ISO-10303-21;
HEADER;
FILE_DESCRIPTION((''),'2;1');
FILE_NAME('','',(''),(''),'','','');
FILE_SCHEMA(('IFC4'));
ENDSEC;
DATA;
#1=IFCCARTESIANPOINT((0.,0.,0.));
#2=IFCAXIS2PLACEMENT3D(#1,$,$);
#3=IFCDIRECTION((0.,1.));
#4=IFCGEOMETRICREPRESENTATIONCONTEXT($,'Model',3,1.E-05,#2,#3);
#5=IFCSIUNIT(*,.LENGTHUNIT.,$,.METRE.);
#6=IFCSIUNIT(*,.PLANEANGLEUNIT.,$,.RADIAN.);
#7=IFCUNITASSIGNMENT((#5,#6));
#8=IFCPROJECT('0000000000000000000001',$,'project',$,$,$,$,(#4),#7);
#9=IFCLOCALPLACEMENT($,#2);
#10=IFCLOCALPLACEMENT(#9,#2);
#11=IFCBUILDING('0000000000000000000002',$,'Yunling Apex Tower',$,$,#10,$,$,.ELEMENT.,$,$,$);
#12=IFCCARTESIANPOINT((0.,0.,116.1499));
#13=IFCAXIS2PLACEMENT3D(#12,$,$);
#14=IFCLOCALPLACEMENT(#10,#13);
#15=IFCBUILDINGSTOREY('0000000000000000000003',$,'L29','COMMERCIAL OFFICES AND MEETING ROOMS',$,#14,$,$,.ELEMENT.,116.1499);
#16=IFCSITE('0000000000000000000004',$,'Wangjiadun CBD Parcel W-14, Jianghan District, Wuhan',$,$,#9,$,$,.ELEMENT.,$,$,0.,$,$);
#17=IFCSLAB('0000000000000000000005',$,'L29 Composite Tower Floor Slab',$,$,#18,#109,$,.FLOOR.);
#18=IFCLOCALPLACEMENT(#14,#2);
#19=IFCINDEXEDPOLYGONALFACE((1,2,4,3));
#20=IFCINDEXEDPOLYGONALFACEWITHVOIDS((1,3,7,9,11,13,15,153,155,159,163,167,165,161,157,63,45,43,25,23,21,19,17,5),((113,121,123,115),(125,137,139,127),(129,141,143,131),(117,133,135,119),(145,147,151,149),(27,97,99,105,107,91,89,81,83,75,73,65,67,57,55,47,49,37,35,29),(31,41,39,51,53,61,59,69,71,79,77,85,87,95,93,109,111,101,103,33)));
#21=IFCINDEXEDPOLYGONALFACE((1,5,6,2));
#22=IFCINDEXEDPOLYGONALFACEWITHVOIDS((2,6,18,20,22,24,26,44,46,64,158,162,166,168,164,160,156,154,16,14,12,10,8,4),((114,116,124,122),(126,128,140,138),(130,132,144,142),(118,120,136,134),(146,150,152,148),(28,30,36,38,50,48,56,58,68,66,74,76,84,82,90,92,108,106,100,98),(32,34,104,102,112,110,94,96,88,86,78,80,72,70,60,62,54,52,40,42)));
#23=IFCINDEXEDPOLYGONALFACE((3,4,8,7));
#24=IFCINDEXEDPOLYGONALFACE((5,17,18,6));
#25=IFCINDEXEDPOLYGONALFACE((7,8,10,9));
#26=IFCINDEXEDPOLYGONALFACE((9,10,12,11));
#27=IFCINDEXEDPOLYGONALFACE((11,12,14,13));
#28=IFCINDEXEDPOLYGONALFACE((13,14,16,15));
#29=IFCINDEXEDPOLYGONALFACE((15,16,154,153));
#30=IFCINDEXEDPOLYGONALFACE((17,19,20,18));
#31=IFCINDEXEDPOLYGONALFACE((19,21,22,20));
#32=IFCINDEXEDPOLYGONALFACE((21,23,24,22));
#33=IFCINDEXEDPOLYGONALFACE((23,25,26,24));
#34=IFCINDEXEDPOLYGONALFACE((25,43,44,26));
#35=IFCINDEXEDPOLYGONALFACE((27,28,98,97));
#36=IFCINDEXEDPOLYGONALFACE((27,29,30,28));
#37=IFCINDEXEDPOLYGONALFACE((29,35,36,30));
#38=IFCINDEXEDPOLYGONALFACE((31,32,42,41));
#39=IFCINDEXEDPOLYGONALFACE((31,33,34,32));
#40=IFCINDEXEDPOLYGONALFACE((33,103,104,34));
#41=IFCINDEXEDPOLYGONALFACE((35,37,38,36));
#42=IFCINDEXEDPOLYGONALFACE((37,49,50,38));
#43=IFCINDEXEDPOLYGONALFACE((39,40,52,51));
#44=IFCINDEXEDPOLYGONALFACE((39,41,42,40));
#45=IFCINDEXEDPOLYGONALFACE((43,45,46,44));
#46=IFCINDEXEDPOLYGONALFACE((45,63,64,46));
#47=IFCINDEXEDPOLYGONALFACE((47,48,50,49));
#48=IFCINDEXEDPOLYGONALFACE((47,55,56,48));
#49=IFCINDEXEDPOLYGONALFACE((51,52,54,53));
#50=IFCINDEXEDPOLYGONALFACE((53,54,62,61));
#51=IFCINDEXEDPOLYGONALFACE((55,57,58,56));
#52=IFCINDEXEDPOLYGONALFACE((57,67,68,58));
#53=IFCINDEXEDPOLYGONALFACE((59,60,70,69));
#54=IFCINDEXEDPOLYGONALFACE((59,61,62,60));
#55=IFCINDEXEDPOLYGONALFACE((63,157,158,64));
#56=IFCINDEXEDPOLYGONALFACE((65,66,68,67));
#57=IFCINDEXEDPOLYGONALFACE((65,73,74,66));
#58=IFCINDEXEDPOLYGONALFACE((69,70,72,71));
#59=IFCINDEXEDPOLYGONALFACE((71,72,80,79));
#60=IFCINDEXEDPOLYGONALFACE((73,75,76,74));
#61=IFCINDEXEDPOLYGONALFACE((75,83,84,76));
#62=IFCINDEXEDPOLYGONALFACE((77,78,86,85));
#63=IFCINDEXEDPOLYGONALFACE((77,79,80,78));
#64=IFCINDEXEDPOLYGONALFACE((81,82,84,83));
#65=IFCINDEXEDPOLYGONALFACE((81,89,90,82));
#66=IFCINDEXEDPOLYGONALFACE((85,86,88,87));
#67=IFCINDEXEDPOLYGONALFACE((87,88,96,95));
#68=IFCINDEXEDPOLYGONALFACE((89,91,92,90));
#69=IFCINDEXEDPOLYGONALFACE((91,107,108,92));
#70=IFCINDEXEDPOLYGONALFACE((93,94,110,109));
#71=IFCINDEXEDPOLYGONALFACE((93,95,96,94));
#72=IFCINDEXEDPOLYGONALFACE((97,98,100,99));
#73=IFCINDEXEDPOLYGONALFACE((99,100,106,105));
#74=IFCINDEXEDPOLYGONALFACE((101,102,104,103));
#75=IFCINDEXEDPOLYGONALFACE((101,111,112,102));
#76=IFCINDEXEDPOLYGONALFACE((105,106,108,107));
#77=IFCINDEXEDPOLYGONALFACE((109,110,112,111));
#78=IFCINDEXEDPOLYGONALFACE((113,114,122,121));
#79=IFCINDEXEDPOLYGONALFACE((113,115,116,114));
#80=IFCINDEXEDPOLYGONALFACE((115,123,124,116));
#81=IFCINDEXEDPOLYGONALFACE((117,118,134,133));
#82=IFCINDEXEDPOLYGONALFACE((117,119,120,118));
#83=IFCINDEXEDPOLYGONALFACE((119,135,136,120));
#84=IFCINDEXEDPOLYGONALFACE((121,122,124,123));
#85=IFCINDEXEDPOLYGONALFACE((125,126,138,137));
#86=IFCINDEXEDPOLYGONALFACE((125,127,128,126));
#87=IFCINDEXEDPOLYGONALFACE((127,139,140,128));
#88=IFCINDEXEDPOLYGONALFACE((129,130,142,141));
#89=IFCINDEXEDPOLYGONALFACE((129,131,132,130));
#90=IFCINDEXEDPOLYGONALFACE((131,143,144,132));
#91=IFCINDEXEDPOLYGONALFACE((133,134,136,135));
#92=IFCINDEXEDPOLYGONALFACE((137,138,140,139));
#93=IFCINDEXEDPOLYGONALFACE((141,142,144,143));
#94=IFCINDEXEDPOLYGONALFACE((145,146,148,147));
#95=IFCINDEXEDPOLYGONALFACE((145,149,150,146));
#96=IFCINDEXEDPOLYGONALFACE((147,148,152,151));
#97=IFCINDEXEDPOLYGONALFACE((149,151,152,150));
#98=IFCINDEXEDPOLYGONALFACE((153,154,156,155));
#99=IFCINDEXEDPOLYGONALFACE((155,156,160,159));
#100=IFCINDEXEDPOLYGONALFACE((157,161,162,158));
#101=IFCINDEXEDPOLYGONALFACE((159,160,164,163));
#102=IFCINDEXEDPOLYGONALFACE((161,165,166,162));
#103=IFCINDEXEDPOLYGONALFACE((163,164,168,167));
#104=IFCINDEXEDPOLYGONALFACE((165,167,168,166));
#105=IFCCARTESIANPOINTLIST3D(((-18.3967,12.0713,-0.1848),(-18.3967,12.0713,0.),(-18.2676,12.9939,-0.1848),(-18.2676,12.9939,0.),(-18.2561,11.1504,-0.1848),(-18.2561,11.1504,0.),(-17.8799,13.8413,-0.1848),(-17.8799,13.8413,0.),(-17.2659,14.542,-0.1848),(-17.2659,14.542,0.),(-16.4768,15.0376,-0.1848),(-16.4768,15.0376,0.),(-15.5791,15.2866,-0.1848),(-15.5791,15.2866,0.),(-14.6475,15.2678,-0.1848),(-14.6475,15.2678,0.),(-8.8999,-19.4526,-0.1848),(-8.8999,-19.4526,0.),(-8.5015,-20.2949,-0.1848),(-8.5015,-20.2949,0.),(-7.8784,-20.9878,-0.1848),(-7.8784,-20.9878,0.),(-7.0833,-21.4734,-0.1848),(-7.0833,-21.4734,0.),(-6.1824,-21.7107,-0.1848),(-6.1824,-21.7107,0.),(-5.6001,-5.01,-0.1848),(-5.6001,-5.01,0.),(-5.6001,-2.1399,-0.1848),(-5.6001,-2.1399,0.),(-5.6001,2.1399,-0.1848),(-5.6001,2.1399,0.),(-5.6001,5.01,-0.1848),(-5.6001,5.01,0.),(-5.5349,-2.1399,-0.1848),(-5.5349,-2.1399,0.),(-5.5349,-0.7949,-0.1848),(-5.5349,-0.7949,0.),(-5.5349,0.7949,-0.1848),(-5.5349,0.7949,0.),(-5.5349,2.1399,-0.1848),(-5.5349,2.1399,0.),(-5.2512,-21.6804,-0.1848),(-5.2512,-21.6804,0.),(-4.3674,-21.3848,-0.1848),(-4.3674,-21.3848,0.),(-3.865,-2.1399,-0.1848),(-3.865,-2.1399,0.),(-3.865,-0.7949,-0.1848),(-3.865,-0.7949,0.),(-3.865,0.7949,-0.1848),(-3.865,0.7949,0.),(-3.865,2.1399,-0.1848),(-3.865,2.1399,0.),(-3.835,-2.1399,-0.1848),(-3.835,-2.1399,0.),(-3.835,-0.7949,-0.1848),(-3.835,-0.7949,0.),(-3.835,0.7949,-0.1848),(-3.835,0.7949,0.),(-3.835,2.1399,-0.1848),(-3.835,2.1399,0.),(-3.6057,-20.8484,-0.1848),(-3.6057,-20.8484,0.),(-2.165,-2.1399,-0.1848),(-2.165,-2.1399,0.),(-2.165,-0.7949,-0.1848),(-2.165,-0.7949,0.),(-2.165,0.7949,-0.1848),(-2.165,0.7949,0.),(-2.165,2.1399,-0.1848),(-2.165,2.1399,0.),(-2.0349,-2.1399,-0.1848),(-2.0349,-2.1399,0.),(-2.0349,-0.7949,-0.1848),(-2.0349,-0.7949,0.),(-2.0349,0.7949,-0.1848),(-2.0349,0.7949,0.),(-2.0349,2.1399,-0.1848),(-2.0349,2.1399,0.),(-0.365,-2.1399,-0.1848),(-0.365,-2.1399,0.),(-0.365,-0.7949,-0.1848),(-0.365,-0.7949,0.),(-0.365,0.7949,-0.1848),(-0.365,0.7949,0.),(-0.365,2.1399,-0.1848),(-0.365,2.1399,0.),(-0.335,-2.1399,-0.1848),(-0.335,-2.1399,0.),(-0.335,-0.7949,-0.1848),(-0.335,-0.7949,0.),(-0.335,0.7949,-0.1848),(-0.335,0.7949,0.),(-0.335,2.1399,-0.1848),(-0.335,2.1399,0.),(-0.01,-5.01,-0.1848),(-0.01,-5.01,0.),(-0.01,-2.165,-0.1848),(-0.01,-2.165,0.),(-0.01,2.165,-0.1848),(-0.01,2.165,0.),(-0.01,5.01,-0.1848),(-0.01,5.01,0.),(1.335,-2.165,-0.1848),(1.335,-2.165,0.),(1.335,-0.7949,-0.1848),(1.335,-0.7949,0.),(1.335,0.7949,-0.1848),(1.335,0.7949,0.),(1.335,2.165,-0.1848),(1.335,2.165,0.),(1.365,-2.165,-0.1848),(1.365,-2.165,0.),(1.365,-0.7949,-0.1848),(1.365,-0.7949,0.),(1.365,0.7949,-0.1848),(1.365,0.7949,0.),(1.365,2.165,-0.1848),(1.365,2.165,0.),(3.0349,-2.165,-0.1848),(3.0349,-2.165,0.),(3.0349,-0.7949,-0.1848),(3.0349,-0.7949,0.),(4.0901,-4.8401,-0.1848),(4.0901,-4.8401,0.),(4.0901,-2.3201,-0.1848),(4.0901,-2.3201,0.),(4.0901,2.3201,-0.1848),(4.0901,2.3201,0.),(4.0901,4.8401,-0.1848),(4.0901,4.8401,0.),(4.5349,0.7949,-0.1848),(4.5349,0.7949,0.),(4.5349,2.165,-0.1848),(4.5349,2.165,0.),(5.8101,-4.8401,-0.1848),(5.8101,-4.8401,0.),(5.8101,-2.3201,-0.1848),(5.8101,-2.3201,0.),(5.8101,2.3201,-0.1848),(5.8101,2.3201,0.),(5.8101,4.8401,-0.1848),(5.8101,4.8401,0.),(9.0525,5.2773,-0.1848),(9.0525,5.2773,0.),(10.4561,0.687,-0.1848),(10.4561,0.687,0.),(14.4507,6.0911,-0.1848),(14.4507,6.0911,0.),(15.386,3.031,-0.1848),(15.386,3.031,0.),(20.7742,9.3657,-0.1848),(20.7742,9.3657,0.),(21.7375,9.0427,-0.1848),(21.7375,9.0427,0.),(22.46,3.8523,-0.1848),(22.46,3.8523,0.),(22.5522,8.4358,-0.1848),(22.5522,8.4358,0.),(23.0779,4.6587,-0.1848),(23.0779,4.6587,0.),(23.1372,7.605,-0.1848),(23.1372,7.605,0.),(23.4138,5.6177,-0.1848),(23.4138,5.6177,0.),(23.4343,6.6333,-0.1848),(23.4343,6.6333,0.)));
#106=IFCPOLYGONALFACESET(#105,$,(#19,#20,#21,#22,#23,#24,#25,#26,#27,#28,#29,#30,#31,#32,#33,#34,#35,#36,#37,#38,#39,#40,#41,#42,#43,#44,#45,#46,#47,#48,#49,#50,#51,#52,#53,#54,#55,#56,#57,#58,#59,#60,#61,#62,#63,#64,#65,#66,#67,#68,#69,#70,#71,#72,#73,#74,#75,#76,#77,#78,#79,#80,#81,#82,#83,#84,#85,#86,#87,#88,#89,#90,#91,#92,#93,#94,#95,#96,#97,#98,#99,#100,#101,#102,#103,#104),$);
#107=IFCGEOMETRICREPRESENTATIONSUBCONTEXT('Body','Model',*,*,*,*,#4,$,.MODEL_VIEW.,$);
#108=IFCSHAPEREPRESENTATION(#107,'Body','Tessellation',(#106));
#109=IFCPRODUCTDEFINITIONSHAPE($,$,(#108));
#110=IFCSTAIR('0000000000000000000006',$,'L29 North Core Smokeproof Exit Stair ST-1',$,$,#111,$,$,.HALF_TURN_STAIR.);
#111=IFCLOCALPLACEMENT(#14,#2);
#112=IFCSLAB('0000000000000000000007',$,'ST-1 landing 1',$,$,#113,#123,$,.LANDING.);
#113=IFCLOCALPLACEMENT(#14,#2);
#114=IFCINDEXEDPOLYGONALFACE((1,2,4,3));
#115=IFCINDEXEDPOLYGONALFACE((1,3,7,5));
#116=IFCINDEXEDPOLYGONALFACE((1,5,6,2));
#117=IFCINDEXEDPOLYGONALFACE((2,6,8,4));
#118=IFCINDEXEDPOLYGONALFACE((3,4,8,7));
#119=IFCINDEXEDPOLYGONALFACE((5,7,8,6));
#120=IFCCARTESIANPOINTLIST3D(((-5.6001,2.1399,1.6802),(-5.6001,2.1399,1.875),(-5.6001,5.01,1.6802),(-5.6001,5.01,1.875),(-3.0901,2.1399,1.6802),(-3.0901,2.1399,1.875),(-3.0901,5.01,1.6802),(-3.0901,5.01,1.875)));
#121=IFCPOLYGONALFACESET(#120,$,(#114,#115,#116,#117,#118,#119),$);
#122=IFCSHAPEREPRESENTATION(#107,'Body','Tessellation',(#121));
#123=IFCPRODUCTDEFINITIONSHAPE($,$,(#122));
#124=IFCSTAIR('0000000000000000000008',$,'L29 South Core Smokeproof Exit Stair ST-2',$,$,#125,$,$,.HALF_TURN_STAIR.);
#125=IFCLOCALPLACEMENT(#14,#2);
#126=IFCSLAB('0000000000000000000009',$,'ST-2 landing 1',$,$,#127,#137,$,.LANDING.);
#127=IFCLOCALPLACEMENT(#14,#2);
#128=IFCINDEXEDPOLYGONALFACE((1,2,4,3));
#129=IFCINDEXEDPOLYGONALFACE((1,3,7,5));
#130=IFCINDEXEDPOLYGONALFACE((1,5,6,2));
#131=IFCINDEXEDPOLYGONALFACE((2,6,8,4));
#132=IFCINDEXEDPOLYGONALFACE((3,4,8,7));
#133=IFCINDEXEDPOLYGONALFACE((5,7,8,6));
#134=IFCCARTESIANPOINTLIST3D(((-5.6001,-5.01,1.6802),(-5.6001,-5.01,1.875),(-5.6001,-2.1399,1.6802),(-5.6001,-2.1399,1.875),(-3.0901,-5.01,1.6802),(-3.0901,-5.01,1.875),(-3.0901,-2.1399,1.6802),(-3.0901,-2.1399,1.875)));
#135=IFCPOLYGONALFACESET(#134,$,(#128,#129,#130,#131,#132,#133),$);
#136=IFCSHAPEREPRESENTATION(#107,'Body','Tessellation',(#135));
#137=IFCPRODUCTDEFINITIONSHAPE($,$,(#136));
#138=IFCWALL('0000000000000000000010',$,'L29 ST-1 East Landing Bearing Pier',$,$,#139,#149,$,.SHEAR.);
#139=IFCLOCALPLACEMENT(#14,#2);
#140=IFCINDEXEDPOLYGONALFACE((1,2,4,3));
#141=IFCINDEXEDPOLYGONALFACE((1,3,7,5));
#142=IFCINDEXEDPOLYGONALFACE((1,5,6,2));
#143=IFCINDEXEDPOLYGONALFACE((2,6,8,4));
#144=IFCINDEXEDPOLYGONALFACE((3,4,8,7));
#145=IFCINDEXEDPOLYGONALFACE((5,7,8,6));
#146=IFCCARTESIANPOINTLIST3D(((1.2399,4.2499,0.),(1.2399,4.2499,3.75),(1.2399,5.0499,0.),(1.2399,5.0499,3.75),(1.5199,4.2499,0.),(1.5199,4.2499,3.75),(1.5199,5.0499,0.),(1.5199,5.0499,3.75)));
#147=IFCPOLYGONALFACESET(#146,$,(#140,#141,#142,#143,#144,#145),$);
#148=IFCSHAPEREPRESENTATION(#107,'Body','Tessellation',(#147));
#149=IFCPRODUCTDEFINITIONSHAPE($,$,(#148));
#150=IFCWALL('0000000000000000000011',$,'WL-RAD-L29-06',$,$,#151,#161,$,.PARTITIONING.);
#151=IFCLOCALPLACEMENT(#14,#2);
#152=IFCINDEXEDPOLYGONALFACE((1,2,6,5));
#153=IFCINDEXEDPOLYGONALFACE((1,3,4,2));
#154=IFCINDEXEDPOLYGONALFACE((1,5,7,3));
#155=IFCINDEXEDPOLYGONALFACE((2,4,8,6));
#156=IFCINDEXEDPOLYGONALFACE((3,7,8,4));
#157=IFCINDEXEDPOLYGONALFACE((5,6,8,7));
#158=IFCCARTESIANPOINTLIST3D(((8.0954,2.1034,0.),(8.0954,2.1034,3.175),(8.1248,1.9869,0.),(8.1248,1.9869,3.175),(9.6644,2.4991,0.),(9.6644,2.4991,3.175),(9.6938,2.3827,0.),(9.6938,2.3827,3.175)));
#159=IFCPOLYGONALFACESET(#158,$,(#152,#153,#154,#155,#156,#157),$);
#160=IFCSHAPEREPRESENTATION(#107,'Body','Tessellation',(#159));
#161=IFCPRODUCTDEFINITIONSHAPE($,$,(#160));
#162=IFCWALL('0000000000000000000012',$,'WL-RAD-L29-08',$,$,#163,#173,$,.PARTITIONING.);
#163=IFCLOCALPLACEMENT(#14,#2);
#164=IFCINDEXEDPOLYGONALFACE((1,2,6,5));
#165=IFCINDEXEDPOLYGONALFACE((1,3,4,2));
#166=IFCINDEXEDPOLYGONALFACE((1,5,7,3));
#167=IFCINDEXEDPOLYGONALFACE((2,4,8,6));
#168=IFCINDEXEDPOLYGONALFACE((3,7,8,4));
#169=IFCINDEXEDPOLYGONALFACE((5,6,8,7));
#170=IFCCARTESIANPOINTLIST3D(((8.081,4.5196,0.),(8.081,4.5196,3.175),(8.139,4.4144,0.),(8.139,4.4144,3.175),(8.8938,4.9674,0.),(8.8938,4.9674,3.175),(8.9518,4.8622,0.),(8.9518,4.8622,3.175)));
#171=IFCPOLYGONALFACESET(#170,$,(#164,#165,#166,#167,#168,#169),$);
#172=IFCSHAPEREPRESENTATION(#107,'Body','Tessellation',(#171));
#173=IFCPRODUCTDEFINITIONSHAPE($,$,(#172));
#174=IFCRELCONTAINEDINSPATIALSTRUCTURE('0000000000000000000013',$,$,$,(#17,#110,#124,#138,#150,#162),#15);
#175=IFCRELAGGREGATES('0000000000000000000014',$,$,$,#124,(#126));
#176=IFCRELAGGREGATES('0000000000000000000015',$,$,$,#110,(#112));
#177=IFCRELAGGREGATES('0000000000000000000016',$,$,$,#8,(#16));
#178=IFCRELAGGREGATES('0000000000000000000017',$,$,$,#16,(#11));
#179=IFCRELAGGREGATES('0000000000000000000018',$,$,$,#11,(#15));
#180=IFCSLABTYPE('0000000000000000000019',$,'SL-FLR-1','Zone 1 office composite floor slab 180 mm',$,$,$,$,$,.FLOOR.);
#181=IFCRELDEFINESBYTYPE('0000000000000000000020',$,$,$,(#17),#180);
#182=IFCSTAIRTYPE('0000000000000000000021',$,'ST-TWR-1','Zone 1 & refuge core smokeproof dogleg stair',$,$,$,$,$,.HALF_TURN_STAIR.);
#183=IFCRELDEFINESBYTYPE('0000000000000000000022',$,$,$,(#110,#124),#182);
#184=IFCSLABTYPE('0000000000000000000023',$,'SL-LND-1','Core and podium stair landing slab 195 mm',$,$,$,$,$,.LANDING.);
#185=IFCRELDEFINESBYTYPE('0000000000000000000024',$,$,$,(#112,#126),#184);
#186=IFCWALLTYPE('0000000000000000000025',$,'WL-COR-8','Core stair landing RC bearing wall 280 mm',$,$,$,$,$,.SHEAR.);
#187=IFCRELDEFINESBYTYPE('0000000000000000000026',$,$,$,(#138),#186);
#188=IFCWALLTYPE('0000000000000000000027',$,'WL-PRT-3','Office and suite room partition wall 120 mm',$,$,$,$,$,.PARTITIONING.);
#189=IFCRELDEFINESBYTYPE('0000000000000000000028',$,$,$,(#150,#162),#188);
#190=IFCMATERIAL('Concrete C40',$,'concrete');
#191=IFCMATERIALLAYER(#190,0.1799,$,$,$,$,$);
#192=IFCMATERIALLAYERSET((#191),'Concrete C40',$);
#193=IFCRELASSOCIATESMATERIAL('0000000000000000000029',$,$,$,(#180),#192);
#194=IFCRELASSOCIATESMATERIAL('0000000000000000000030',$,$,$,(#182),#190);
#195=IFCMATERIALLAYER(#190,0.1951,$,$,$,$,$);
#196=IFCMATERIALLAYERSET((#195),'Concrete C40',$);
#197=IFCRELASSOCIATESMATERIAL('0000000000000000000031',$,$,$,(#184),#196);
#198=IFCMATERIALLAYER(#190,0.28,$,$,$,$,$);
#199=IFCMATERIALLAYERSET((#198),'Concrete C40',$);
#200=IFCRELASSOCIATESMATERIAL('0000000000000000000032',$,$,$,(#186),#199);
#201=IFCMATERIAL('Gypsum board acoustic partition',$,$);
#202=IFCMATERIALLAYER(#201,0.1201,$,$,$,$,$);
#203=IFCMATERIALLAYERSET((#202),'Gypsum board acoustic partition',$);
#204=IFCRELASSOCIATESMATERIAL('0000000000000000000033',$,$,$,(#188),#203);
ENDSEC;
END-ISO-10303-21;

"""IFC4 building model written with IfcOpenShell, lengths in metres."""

from ifc_helpers import new_model, si_unit, direction, frame, frame_2d, origin, place, context, subcontext, project, spatial, polyline, rectangle, outline, extrude, material, layer, layer_set, type_object, element, aggregate, save


model = new_model("IFC4")

# Units and contexts
model_context = context("Model", 3, precision=1e-05, world=origin(), true_north=direction((0.0, 1.0)))
body_context = subcontext(model_context, "Body", "Model", "MODEL_VIEW")
ifc_project = project(units=[si_unit("LENGTHUNIT", "METRE"), si_unit("PLANEANGLEUNIT", "RADIAN")], contexts=[model_context])

# Site, building, storey
site_placement = place(None, origin())
site = spatial("IfcSite", under=ifc_project, at=site_placement, Name="Wangjiadun CBD Parcel W-14, Jianghan District, Wuhan", CompositionType="ELEMENT", RefElevation=0.0)
building_placement = place(site_placement, origin())
building = spatial("IfcBuilding", under=site, at=building_placement, Name="Yunling Apex Tower", CompositionType="ELEMENT")
storey_placement = place(building_placement, frame((0.0, 0.0, 116.1499)))
storey = spatial("IfcBuildingStorey", under=building, at=storey_placement, Name="L29", Description="COMMERCIAL OFFICES AND MEETING ROOMS", CompositionType="ELEMENT", Elevation=116.1499)

# Slab
ifc_material_1 = material(Name="Concrete C40", Category="concrete")
ifc_layer_1 = layer(ifc_material_1, 0.1799)
ifc_layer_set_1 = layer_set([ifc_layer_1], Name="Concrete C40")
slab_type_1 = type_object("IfcSlabType", Name="SL-FLR-1", Description="Zone 1 office composite floor slab 180 mm", PredefinedType="FLOOR", material=ifc_layer_set_1)
slab_1_placement = place(storey_placement, frame((0.0, 0.0, -0.1848)))
element("IfcSlab", 1, at=slab_1_placement, inside=storey, type_object=slab_type_1, Name="L29 Composite Tower Floor Slab", PredefinedType="FLOOR", context=body_context, shape_type="SweptSolid", body=[
    extrude(outline(polyline([(-8.8999, -19.4526), (-8.5015, -20.2949), (-7.8784, -20.9878), (-7.0833, -21.4734), (-6.1824, -21.7107), (-5.2512, -21.6804), (-4.3674, -21.3848), (-3.6057, -20.8484), (22.46, 3.8523), (23.0779, 4.6587), (23.4138, 5.6177), (23.4343, 6.6333), (23.1372, 7.605), (22.5522, 8.4358), (21.7375, 9.0427), (20.7742, 9.3657), (-14.6475, 15.2678), (-15.5791, 15.2866), (-16.4768, 15.0376), (-17.2659, 14.542), (-17.8799, 13.8413), (-18.2676, 12.9939), (-18.3967, 12.0713), (-18.2561, 11.1504), (-8.8999, -19.4526)]), holes=[polyline([(14.4507, 6.0911), (15.386, 3.031), (10.4561, 0.687), (9.0525, 5.2773), (14.4507, 6.0911)]), polyline([(5.8101, -2.3201), (5.8101, -4.8401), (4.0901, -4.8401), (4.0901, -2.3201), (5.8101, -2.3201)]), polyline([(5.8101, 4.8401), (5.8101, 2.3201), (4.0901, 2.3201), (4.0901, 4.8401), (5.8101, 4.8401)]), polyline([(4.5349, 0.7949), (1.365, 0.7949), (1.365, 2.165), (4.5349, 2.165), (4.5349, 0.7949)]), polyline([(3.0349, -0.7949), (3.0349, -2.165), (1.365, -2.165), (1.365, -0.7949), (3.0349, -0.7949)]), polyline([(-3.865, -0.7949), (-3.865, -2.1399), (-3.835, -2.1399), (-3.835, -0.7949), (-2.165, -0.7949), (-2.165, -2.1399), (-2.0349, -2.1399), (-2.0349, -0.7949), (-0.365, -0.7949), (-0.365, -2.1399), (-0.335, -2.1399), (-0.335, -0.7949), (1.335, -0.7949), (1.335, -2.165), (-0.01, -2.165), (-0.01, -5.01), (-5.6001, -5.01), (-5.6001, -2.1399), (-5.5349, -2.1399), (-5.5349, -0.7949), (-3.865, -0.7949)]), polyline([(-5.6001, 2.1399), (-5.6001, 5.01), (-0.01, 5.01), (-0.01, 2.165), (1.335, 2.165), (1.335, 0.7949), (-0.335, 0.7949), (-0.335, 2.1399), (-0.365, 2.1399), (-0.365, 0.7949), (-2.0349, 0.7949), (-2.0349, 2.1399), (-2.165, 2.1399), (-2.165, 0.7949), (-3.835, 0.7949), (-3.835, 2.1399), (-3.865, 2.1399), (-3.865, 0.7949), (-5.5349, 0.7949), (-5.5349, 2.1399), (-5.6001, 2.1399)])]), origin(), (0.0, 0.0, 1.0), 0.1848),
])

# Stairs, slabs
stair_type = type_object("IfcStairType", Name="ST-TWR-1", Description="Zone 1 & refuge core smokeproof dogleg stair", PredefinedType="HALF_TURN_STAIR", material=ifc_material_1)
stair_1_placement = place(storey_placement, origin())
stair_1 = element("IfcStair", 2, at=stair_1_placement, inside=storey, type_object=stair_type, Name="L29 North Core Smokeproof Exit Stair ST-1", PredefinedType="HALF_TURN_STAIR")
ifc_layer_2 = layer(ifc_material_1, 0.1951)
ifc_layer_set_2 = layer_set([ifc_layer_2], Name="Concrete C40")
slab_type_2 = type_object("IfcSlabType", Name="SL-LND-1", Description="Core and podium stair landing slab 195 mm", PredefinedType="LANDING", material=ifc_layer_set_2)
slab_2_placement = place(storey_placement, frame((0.0, 0.0, 1.6802)))
slab_2 = element("IfcSlab", 3, at=slab_2_placement, type_object=slab_type_2, Name="ST-1 landing 1", PredefinedType="LANDING", context=body_context, shape_type="SweptSolid", body=[
    extrude(outline(polyline([(-3.0901, 5.01), (-5.6001, 5.01), (-5.6001, 2.1399), (-3.0901, 2.1399), (-3.0901, 5.01)])), origin(), (0.0, 0.0, 1.0), 0.1948),
])
stair_2_placement = place(storey_placement, origin())
stair_2 = element("IfcStair", 4, at=stair_2_placement, inside=storey, type_object=stair_type, Name="L29 South Core Smokeproof Exit Stair ST-2", PredefinedType="HALF_TURN_STAIR")
slab_3_placement = place(storey_placement, frame((0.0, 0.0, 1.6802)))
slab_3 = element("IfcSlab", 5, at=slab_3_placement, type_object=slab_type_2, Name="ST-2 landing 1", PredefinedType="LANDING", context=body_context, shape_type="SweptSolid", body=[
    extrude(outline(polyline([(-3.0901, -2.1399), (-5.6001, -2.1399), (-5.6001, -5.01), (-3.0901, -5.01), (-3.0901, -2.1399)])), origin(), (0.0, 0.0, 1.0), 0.1948),
])
aggregate(stair_2, [slab_3])

# Walls
ifc_layer_3 = layer(ifc_material_1, 0.28)
ifc_layer_set_3 = layer_set([ifc_layer_3], Name="Concrete C40")
wall_type_1 = type_object("IfcWallType", Name="WL-COR-8", Description="Core stair landing RC bearing wall 280 mm", PredefinedType="SHEAR", material=ifc_layer_set_3)
wall_1_placement = place(storey_placement, frame((1.3799, 4.25, 0.0), z_axis=(0.0, 0.0, 1.0), x_axis=(0.0, 1.0, 0.0)))
element("IfcWall", 6, at=wall_1_placement, inside=storey, type_object=wall_type_1, Name="L29 ST-1 East Landing Bearing Pier", PredefinedType="SHEAR", context=body_context, shape_type="SweptSolid", body=[
    extrude(rectangle(XDim=0.8, YDim=0.28, at=frame_2d((0.3999, 0.0))), origin(), (0.0, 0.0, 1.0), 3.75),
])
ifc_material_2 = material(Name="Gypsum board acoustic partition")
ifc_layer_4 = layer(ifc_material_2, 0.1201)
ifc_layer_set_4 = layer_set([ifc_layer_4], Name="Gypsum board acoustic partition")
wall_type_2 = type_object("IfcWallType", Name="WL-PRT-3", Description="Office and suite room partition wall 120 mm", PredefinedType="PARTITIONING", material=ifc_layer_set_4)
wall_2_placement = place(storey_placement, frame((8.1101, 2.0452, 0.0), z_axis=(0.0, 0.0, 1.0), x_axis=(0.969635, 0.244559, 0.0)))
element("IfcWall", 7, at=wall_2_placement, inside=storey, type_object=wall_type_2, Name="WL-RAD-L29-06", PredefinedType="PARTITIONING", context=body_context, shape_type="SweptSolid", body=[
    extrude(rectangle(XDim=1.6182, YDim=0.1201, at=frame_2d((0.8091, 0.0))), origin(), (0.0, 0.0, 1.0), 3.175),
])
wall_3_placement = place(storey_placement, frame((8.1101, 4.467, 0.0), z_axis=(0.0, 0.0, 1.0), x_axis=(0.875877, 0.482535, 0.0)))
element("IfcWall", 8, at=wall_3_placement, inside=storey, type_object=wall_type_2, Name="WL-RAD-L29-08", PredefinedType="PARTITIONING", context=body_context, shape_type="SweptSolid", body=[
    extrude(rectangle(XDim=0.928, YDim=0.1201, at=frame_2d((0.4639, 0.0))), origin(), (0.0, 0.0, 1.0), 3.175),
])

aggregate(stair_1, [slab_2])

save(model, "model.ifc")
